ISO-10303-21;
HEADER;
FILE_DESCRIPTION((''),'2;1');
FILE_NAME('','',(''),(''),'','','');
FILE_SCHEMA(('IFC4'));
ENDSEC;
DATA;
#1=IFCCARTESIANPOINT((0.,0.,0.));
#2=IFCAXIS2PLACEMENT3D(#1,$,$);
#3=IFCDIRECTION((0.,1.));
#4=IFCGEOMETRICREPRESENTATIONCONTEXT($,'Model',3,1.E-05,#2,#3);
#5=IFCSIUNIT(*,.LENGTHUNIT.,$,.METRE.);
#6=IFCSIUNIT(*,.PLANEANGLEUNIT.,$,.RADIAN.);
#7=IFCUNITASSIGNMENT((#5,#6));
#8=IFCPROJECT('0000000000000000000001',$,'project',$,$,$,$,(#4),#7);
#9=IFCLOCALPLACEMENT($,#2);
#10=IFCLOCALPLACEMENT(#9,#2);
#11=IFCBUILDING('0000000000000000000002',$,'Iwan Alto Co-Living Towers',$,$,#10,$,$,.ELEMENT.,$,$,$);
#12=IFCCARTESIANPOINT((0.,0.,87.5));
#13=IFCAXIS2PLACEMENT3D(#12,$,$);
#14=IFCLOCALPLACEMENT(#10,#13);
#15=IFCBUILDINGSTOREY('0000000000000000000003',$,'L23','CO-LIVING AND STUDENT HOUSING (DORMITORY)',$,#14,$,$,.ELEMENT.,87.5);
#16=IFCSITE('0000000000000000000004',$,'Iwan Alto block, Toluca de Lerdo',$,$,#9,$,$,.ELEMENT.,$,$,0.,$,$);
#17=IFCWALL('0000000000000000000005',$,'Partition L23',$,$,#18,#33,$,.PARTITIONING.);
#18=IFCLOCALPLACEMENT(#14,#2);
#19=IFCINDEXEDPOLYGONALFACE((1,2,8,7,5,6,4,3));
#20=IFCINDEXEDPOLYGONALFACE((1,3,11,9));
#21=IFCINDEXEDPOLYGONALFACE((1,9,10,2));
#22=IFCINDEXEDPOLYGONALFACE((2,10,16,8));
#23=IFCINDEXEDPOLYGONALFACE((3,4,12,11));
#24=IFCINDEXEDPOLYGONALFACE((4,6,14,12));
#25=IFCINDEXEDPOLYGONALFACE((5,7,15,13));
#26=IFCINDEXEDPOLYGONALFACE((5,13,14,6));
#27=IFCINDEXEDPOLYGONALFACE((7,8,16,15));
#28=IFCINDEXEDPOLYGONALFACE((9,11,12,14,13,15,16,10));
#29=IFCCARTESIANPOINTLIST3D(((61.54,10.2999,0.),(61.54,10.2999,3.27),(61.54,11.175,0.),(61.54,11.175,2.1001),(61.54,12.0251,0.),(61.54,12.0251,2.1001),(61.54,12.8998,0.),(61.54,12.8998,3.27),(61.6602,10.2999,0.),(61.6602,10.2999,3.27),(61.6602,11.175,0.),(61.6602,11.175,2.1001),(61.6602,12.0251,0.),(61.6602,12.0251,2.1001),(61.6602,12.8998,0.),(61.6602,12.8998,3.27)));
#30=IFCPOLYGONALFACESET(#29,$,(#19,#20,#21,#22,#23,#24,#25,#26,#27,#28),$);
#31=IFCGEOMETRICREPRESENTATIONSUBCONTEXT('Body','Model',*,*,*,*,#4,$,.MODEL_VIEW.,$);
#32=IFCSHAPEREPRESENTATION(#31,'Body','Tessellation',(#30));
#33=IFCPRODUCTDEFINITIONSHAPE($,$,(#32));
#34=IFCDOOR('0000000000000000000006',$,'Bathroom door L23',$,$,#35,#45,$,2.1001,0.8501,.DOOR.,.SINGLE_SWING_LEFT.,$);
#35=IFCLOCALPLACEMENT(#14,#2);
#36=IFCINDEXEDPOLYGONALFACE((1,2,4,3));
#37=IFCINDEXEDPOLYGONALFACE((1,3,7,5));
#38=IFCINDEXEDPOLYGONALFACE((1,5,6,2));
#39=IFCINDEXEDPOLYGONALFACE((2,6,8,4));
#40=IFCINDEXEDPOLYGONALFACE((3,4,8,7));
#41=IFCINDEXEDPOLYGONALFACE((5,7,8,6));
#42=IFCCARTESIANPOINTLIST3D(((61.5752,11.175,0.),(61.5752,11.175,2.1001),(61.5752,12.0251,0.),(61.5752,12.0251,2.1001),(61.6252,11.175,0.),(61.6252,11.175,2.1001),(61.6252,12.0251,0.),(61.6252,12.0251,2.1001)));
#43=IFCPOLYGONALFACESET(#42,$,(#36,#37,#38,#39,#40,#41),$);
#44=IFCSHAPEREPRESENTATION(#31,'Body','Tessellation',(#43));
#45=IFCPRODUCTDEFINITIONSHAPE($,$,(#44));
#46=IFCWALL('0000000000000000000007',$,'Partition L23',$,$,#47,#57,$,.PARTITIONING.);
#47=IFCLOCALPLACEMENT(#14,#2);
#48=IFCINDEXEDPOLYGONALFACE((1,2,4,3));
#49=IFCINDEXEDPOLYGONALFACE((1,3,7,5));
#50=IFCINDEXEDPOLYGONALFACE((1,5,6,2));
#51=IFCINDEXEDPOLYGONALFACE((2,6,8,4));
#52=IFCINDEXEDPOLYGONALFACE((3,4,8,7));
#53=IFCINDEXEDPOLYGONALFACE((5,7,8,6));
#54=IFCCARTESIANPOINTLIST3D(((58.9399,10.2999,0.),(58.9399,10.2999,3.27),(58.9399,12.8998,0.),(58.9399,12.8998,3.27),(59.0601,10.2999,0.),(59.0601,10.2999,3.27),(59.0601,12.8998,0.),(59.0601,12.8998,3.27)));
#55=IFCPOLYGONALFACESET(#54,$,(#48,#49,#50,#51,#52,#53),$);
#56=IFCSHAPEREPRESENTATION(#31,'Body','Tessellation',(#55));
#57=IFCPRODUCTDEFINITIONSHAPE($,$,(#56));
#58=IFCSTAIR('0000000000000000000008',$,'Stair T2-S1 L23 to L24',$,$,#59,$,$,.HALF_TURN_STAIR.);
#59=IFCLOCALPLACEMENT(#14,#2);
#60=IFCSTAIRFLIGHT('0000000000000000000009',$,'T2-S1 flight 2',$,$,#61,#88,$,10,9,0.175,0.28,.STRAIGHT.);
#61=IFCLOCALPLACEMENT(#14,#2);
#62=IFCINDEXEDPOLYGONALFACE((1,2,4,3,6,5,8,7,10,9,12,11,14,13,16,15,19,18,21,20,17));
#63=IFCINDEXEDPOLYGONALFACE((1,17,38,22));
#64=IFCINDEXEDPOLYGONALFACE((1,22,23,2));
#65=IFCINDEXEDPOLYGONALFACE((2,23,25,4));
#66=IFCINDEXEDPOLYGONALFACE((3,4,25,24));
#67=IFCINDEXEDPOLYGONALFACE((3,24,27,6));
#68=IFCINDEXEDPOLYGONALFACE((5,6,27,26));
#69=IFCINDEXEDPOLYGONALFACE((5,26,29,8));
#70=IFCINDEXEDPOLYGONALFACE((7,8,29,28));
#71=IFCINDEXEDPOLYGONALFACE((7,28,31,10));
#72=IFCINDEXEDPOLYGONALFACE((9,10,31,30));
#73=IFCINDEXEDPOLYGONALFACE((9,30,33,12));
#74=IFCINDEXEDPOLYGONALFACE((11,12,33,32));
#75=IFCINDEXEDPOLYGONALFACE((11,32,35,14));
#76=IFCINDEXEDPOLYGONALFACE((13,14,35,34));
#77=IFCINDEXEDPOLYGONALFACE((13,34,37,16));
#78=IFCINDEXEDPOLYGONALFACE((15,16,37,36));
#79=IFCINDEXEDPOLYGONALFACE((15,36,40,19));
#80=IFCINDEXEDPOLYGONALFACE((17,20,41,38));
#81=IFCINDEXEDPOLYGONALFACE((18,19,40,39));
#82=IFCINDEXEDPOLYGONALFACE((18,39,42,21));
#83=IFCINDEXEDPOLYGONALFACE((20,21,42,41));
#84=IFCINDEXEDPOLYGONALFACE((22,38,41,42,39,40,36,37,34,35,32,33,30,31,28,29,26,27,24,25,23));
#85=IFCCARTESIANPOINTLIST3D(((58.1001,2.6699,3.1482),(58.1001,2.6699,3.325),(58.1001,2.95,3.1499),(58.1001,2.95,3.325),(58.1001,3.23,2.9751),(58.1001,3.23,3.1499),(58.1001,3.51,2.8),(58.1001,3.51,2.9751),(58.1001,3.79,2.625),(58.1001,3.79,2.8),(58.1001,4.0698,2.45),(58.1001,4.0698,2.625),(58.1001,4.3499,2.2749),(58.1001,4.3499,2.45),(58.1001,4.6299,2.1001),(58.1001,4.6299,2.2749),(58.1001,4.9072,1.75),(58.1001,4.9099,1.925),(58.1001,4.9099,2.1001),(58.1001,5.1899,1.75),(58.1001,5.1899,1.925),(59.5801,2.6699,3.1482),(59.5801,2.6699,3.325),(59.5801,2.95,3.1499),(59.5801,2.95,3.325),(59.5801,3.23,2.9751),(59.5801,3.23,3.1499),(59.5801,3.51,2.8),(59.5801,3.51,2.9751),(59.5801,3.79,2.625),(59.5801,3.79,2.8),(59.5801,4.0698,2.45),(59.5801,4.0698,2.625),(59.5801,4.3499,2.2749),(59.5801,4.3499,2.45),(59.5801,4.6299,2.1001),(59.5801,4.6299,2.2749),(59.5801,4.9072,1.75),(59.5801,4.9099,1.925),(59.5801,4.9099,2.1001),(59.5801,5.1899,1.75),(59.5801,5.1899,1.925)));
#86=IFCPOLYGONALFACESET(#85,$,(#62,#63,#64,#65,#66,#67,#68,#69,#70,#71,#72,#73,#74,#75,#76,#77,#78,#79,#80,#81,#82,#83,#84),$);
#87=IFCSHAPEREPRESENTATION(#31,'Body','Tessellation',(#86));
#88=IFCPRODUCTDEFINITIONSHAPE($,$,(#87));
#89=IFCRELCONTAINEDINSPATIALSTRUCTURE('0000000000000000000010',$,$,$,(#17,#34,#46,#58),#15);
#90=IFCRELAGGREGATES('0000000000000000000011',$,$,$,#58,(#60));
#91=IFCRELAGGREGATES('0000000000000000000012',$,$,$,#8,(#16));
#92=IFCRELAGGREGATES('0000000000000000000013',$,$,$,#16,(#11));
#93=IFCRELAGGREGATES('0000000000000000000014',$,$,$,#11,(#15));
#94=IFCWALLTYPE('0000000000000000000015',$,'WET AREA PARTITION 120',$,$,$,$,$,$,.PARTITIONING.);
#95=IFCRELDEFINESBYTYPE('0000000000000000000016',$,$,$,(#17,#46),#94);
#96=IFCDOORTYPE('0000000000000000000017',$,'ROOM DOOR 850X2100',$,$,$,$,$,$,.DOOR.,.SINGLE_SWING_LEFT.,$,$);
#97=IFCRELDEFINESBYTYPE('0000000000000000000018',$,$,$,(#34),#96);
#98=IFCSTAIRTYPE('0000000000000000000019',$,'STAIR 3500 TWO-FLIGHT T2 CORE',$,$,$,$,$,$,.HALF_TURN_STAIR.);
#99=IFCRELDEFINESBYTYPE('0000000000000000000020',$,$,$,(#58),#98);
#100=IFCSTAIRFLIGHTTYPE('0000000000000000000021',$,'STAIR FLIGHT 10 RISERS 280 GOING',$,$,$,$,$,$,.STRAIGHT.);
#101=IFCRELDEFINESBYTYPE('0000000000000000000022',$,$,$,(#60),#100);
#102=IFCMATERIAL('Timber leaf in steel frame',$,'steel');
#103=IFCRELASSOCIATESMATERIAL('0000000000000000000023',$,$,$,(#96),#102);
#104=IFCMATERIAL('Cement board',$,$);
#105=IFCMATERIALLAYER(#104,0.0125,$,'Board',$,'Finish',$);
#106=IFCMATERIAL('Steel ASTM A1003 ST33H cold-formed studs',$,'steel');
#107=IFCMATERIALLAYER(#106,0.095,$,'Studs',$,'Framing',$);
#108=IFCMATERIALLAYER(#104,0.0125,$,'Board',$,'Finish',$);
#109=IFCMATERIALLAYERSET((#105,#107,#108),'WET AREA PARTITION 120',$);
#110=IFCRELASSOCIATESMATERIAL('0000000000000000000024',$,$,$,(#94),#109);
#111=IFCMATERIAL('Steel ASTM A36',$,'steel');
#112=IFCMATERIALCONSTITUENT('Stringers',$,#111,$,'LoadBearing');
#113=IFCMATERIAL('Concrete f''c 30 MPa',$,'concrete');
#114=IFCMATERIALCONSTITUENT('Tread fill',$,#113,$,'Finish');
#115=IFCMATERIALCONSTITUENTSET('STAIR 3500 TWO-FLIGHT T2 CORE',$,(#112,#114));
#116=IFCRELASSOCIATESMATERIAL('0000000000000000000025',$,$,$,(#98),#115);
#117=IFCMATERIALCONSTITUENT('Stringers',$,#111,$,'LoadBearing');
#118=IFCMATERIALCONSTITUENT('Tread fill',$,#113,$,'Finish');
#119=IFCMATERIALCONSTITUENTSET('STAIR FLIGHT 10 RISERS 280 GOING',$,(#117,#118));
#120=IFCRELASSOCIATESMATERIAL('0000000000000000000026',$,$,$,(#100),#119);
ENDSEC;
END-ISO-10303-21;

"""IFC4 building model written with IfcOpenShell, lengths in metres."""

from ifc_helpers import new_model, si_unit, direction, frame, frame_2d, origin, place, context, subcontext, project, spatial, polyline, rectangle, outline, extrude, material, layer, layer_set, constituent, constituent_set, type_object, element, fill, aggregate, save


model = new_model("IFC4")

# Units and contexts
model_context = context("Model", 3, precision=1e-05, world=origin(), true_north=direction((0.0, 1.0)))
body_context = subcontext(model_context, "Body", "Model", "MODEL_VIEW")
ifc_project = project(units=[si_unit("LENGTHUNIT", "METRE"), si_unit("PLANEANGLEUNIT", "RADIAN")], contexts=[model_context])

# Site, building, storey
site_placement = place(None, origin())
site = spatial("IfcSite", under=ifc_project, at=site_placement, Name="Iwan Alto block, Toluca de Lerdo", CompositionType="ELEMENT", RefElevation=0.0)
building_placement = place(site_placement, origin())
building = spatial("IfcBuilding", under=site, at=building_placement, Name="Iwan Alto Co-Living Towers", CompositionType="ELEMENT")
storey_placement = place(building_placement, frame((0.0, 0.0, 87.5)))
storey = spatial("IfcBuildingStorey", under=building, at=storey_placement, Name="L23", Description="CO-LIVING AND STUDENT HOUSING (DORMITORY)", CompositionType="ELEMENT", Elevation=87.5)

# Shared definitions
ifc_material_1 = material(Name="Steel ASTM A1003 ST33H cold-formed studs", Category="steel")

# Shared definitions
ifc_material_2 = material(Name="Timber leaf in steel frame", Category="steel")
door_type_1 = type_object("IfcDoorType", Name="ROOM DOOR 850X2100", OperationType="SINGLE_SWING_LEFT", PredefinedType="DOOR", material=ifc_material_2)

# Shared definitions
ifc_material_3 = material(Name="Cement board")
ifc_layer_1 = layer(ifc_material_3, 0.0125, Name="Board", Category="Finish")
ifc_layer_2 = layer(ifc_material_1, 0.095, Name="Studs", Category="Framing")
ifc_layer_3 = layer(ifc_material_3, 0.0125, Name="Board", Category="Finish")
ifc_layer_set_1 = layer_set([ifc_layer_1, ifc_layer_2, ifc_layer_3], Name="WET AREA PARTITION 120")
wall_type_1 = type_object("IfcWallType", Name="WET AREA PARTITION 120", PredefinedType="PARTITIONING", material=ifc_layer_set_1)

# Wall, opening, door
wall_1_placement = place(storey_placement, frame((61.6001, 10.3, 0.0), z_axis=(0.0, 0.0, 1.0), x_axis=(0.0, 1.0, 0.0)))
wall_1 = element("IfcWall", 1, at=wall_1_placement, inside=storey, type_object=wall_type_1, Name="Partition L23", PredefinedType="PARTITIONING", context=body_context, shape_type="SweptSolid", body=[
    extrude(rectangle(XDim=2.5999, YDim=0.1201, at=frame_2d((1.2998, 0.0))), origin(), (0.0, 0.0, 1.0), 3.27),
])
opening_1_placement = place(wall_1_placement, frame((0.875, 0.0, 0.0)))
opening_1 = element("IfcOpeningElement", 2, at=opening_1_placement, cuts=wall_1, PredefinedType="OPENING", context=body_context, shape_type="SweptSolid", body=[
    extrude(rectangle(XDim=0.8501, YDim=2.1001, at=frame_2d((0.425, 1.05))), frame((0.0, 0.0701, 0.0), z_axis=(0.0, -1.0, 0.0), x_axis=(1.0, 0.0, 0.0)), (0.0, 0.0, 1.0), 0.1401),
])
door_1_placement = place(opening_1_placement, origin())
door_1 = element("IfcDoor", 3, at=door_1_placement, inside=storey, type_object=door_type_1, Name="Bathroom door L23", OperationType="SINGLE_SWING_LEFT", OverallHeight=2.1001, OverallWidth=0.8501, PredefinedType="DOOR", context=body_context, shape_type="SweptSolid", body=[
    extrude(rectangle(XDim=0.8501, YDim=2.1001, at=frame_2d((0.425, 1.05))), frame((0.0, 0.0249, 0.0), z_axis=(0.0, -1.0, 0.0), x_axis=(1.0, 0.0, 0.0)), (0.0, 0.0, 1.0), 0.05),
])
fill(opening_1, door_1)

# Wall
wall_2_placement = place(storey_placement, frame((59.0, 10.3, 0.0), z_axis=(0.0, 0.0, 1.0), x_axis=(0.0, 1.0, 0.0)))
element("IfcWall", 4, at=wall_2_placement, inside=storey, type_object=wall_type_1, Name="Partition L23", PredefinedType="PARTITIONING", context=body_context, shape_type="SweptSolid", body=[
    extrude(rectangle(XDim=2.5999, YDim=0.1201, at=frame_2d((1.2998, 0.0))), origin(), (0.0, 0.0, 1.0), 3.27),
])

# Stair, stair flight
ifc_material_4 = material(Name="Steel ASTM A36", Category="steel")
ifc_constituent_1 = constituent(ifc_material_4, Name="Stringers", Category="LoadBearing")
ifc_material_5 = material(Name="Concrete f'c 30 MPa", Category="concrete")
ifc_constituent_2 = constituent(ifc_material_5, Name="Tread fill", Category="Finish")
ifc_constituent_set_1 = constituent_set(constituents=[ifc_constituent_1, ifc_constituent_2], Name="STAIR 3500 TWO-FLIGHT T2 CORE")
stair_type = type_object("IfcStairType", Name="STAIR 3500 TWO-FLIGHT T2 CORE", PredefinedType="HALF_TURN_STAIR", material=ifc_constituent_set_1)
stair_placement = place(storey_placement, origin())
stair = element("IfcStair", 5, at=stair_placement, inside=storey, type_object=stair_type, Name="Stair T2-S1 L23 to L24", PredefinedType="HALF_TURN_STAIR")
ifc_constituent_3 = constituent(ifc_material_4, Name="Stringers", Category="LoadBearing")
ifc_constituent_4 = constituent(ifc_material_5, Name="Tread fill", Category="Finish")
ifc_constituent_set_2 = constituent_set(constituents=[ifc_constituent_3, ifc_constituent_4], Name="STAIR FLIGHT 10 RISERS 280 GOING")
stair_flight_type = type_object("IfcStairFlightType", Name="STAIR FLIGHT 10 RISERS 280 GOING", PredefinedType="STRAIGHT", material=ifc_constituent_set_2)
stair_flight_placement = place(storey_placement, frame((58.8401, 5.1899, 1.75), z_axis=(0.0, 0.0, 1.0), x_axis=(0.0, -1.0, 0.0)))
stair_flight = element("IfcStairFlight", 6, at=stair_flight_placement, type_object=stair_flight_type, Name="T2-S1 flight 2", NumberOfRisers=10, NumberOfTreads=9, PredefinedType="STRAIGHT", RiserHeight=0.175, TreadLength=0.28, context=body_context, shape_type="SweptSolid", body=[
    extrude(outline(polyline([(0.0, 0.0), (0.0, 0.175), (0.28, 0.175), (0.28, 0.3501), (0.5601, 0.3501), (0.5601, 0.5249), (0.8401, 0.5249), (0.8401, 0.7), (1.1201, 0.7), (1.1201, 0.875), (1.3999, 0.875), (1.3999, 1.05), (1.6799, 1.05), (1.6799, 1.2251), (1.96, 1.2251), (1.96, 1.3999), (2.24, 1.3999), (2.24, 1.575), (2.52, 1.575), (2.52, 1.75), (2.52, 1.3982), (0.2827, 0.0), (0.0, 0.0)])), frame((0.0, 0.74, 0.0), z_axis=(0.0, -1.0, 0.0), x_axis=(1.0, 0.0, 0.0)), (0.0, 0.0, 1.0), 1.48),
])
aggregate(stair, [stair_flight])

save(model, "model.ifc")
